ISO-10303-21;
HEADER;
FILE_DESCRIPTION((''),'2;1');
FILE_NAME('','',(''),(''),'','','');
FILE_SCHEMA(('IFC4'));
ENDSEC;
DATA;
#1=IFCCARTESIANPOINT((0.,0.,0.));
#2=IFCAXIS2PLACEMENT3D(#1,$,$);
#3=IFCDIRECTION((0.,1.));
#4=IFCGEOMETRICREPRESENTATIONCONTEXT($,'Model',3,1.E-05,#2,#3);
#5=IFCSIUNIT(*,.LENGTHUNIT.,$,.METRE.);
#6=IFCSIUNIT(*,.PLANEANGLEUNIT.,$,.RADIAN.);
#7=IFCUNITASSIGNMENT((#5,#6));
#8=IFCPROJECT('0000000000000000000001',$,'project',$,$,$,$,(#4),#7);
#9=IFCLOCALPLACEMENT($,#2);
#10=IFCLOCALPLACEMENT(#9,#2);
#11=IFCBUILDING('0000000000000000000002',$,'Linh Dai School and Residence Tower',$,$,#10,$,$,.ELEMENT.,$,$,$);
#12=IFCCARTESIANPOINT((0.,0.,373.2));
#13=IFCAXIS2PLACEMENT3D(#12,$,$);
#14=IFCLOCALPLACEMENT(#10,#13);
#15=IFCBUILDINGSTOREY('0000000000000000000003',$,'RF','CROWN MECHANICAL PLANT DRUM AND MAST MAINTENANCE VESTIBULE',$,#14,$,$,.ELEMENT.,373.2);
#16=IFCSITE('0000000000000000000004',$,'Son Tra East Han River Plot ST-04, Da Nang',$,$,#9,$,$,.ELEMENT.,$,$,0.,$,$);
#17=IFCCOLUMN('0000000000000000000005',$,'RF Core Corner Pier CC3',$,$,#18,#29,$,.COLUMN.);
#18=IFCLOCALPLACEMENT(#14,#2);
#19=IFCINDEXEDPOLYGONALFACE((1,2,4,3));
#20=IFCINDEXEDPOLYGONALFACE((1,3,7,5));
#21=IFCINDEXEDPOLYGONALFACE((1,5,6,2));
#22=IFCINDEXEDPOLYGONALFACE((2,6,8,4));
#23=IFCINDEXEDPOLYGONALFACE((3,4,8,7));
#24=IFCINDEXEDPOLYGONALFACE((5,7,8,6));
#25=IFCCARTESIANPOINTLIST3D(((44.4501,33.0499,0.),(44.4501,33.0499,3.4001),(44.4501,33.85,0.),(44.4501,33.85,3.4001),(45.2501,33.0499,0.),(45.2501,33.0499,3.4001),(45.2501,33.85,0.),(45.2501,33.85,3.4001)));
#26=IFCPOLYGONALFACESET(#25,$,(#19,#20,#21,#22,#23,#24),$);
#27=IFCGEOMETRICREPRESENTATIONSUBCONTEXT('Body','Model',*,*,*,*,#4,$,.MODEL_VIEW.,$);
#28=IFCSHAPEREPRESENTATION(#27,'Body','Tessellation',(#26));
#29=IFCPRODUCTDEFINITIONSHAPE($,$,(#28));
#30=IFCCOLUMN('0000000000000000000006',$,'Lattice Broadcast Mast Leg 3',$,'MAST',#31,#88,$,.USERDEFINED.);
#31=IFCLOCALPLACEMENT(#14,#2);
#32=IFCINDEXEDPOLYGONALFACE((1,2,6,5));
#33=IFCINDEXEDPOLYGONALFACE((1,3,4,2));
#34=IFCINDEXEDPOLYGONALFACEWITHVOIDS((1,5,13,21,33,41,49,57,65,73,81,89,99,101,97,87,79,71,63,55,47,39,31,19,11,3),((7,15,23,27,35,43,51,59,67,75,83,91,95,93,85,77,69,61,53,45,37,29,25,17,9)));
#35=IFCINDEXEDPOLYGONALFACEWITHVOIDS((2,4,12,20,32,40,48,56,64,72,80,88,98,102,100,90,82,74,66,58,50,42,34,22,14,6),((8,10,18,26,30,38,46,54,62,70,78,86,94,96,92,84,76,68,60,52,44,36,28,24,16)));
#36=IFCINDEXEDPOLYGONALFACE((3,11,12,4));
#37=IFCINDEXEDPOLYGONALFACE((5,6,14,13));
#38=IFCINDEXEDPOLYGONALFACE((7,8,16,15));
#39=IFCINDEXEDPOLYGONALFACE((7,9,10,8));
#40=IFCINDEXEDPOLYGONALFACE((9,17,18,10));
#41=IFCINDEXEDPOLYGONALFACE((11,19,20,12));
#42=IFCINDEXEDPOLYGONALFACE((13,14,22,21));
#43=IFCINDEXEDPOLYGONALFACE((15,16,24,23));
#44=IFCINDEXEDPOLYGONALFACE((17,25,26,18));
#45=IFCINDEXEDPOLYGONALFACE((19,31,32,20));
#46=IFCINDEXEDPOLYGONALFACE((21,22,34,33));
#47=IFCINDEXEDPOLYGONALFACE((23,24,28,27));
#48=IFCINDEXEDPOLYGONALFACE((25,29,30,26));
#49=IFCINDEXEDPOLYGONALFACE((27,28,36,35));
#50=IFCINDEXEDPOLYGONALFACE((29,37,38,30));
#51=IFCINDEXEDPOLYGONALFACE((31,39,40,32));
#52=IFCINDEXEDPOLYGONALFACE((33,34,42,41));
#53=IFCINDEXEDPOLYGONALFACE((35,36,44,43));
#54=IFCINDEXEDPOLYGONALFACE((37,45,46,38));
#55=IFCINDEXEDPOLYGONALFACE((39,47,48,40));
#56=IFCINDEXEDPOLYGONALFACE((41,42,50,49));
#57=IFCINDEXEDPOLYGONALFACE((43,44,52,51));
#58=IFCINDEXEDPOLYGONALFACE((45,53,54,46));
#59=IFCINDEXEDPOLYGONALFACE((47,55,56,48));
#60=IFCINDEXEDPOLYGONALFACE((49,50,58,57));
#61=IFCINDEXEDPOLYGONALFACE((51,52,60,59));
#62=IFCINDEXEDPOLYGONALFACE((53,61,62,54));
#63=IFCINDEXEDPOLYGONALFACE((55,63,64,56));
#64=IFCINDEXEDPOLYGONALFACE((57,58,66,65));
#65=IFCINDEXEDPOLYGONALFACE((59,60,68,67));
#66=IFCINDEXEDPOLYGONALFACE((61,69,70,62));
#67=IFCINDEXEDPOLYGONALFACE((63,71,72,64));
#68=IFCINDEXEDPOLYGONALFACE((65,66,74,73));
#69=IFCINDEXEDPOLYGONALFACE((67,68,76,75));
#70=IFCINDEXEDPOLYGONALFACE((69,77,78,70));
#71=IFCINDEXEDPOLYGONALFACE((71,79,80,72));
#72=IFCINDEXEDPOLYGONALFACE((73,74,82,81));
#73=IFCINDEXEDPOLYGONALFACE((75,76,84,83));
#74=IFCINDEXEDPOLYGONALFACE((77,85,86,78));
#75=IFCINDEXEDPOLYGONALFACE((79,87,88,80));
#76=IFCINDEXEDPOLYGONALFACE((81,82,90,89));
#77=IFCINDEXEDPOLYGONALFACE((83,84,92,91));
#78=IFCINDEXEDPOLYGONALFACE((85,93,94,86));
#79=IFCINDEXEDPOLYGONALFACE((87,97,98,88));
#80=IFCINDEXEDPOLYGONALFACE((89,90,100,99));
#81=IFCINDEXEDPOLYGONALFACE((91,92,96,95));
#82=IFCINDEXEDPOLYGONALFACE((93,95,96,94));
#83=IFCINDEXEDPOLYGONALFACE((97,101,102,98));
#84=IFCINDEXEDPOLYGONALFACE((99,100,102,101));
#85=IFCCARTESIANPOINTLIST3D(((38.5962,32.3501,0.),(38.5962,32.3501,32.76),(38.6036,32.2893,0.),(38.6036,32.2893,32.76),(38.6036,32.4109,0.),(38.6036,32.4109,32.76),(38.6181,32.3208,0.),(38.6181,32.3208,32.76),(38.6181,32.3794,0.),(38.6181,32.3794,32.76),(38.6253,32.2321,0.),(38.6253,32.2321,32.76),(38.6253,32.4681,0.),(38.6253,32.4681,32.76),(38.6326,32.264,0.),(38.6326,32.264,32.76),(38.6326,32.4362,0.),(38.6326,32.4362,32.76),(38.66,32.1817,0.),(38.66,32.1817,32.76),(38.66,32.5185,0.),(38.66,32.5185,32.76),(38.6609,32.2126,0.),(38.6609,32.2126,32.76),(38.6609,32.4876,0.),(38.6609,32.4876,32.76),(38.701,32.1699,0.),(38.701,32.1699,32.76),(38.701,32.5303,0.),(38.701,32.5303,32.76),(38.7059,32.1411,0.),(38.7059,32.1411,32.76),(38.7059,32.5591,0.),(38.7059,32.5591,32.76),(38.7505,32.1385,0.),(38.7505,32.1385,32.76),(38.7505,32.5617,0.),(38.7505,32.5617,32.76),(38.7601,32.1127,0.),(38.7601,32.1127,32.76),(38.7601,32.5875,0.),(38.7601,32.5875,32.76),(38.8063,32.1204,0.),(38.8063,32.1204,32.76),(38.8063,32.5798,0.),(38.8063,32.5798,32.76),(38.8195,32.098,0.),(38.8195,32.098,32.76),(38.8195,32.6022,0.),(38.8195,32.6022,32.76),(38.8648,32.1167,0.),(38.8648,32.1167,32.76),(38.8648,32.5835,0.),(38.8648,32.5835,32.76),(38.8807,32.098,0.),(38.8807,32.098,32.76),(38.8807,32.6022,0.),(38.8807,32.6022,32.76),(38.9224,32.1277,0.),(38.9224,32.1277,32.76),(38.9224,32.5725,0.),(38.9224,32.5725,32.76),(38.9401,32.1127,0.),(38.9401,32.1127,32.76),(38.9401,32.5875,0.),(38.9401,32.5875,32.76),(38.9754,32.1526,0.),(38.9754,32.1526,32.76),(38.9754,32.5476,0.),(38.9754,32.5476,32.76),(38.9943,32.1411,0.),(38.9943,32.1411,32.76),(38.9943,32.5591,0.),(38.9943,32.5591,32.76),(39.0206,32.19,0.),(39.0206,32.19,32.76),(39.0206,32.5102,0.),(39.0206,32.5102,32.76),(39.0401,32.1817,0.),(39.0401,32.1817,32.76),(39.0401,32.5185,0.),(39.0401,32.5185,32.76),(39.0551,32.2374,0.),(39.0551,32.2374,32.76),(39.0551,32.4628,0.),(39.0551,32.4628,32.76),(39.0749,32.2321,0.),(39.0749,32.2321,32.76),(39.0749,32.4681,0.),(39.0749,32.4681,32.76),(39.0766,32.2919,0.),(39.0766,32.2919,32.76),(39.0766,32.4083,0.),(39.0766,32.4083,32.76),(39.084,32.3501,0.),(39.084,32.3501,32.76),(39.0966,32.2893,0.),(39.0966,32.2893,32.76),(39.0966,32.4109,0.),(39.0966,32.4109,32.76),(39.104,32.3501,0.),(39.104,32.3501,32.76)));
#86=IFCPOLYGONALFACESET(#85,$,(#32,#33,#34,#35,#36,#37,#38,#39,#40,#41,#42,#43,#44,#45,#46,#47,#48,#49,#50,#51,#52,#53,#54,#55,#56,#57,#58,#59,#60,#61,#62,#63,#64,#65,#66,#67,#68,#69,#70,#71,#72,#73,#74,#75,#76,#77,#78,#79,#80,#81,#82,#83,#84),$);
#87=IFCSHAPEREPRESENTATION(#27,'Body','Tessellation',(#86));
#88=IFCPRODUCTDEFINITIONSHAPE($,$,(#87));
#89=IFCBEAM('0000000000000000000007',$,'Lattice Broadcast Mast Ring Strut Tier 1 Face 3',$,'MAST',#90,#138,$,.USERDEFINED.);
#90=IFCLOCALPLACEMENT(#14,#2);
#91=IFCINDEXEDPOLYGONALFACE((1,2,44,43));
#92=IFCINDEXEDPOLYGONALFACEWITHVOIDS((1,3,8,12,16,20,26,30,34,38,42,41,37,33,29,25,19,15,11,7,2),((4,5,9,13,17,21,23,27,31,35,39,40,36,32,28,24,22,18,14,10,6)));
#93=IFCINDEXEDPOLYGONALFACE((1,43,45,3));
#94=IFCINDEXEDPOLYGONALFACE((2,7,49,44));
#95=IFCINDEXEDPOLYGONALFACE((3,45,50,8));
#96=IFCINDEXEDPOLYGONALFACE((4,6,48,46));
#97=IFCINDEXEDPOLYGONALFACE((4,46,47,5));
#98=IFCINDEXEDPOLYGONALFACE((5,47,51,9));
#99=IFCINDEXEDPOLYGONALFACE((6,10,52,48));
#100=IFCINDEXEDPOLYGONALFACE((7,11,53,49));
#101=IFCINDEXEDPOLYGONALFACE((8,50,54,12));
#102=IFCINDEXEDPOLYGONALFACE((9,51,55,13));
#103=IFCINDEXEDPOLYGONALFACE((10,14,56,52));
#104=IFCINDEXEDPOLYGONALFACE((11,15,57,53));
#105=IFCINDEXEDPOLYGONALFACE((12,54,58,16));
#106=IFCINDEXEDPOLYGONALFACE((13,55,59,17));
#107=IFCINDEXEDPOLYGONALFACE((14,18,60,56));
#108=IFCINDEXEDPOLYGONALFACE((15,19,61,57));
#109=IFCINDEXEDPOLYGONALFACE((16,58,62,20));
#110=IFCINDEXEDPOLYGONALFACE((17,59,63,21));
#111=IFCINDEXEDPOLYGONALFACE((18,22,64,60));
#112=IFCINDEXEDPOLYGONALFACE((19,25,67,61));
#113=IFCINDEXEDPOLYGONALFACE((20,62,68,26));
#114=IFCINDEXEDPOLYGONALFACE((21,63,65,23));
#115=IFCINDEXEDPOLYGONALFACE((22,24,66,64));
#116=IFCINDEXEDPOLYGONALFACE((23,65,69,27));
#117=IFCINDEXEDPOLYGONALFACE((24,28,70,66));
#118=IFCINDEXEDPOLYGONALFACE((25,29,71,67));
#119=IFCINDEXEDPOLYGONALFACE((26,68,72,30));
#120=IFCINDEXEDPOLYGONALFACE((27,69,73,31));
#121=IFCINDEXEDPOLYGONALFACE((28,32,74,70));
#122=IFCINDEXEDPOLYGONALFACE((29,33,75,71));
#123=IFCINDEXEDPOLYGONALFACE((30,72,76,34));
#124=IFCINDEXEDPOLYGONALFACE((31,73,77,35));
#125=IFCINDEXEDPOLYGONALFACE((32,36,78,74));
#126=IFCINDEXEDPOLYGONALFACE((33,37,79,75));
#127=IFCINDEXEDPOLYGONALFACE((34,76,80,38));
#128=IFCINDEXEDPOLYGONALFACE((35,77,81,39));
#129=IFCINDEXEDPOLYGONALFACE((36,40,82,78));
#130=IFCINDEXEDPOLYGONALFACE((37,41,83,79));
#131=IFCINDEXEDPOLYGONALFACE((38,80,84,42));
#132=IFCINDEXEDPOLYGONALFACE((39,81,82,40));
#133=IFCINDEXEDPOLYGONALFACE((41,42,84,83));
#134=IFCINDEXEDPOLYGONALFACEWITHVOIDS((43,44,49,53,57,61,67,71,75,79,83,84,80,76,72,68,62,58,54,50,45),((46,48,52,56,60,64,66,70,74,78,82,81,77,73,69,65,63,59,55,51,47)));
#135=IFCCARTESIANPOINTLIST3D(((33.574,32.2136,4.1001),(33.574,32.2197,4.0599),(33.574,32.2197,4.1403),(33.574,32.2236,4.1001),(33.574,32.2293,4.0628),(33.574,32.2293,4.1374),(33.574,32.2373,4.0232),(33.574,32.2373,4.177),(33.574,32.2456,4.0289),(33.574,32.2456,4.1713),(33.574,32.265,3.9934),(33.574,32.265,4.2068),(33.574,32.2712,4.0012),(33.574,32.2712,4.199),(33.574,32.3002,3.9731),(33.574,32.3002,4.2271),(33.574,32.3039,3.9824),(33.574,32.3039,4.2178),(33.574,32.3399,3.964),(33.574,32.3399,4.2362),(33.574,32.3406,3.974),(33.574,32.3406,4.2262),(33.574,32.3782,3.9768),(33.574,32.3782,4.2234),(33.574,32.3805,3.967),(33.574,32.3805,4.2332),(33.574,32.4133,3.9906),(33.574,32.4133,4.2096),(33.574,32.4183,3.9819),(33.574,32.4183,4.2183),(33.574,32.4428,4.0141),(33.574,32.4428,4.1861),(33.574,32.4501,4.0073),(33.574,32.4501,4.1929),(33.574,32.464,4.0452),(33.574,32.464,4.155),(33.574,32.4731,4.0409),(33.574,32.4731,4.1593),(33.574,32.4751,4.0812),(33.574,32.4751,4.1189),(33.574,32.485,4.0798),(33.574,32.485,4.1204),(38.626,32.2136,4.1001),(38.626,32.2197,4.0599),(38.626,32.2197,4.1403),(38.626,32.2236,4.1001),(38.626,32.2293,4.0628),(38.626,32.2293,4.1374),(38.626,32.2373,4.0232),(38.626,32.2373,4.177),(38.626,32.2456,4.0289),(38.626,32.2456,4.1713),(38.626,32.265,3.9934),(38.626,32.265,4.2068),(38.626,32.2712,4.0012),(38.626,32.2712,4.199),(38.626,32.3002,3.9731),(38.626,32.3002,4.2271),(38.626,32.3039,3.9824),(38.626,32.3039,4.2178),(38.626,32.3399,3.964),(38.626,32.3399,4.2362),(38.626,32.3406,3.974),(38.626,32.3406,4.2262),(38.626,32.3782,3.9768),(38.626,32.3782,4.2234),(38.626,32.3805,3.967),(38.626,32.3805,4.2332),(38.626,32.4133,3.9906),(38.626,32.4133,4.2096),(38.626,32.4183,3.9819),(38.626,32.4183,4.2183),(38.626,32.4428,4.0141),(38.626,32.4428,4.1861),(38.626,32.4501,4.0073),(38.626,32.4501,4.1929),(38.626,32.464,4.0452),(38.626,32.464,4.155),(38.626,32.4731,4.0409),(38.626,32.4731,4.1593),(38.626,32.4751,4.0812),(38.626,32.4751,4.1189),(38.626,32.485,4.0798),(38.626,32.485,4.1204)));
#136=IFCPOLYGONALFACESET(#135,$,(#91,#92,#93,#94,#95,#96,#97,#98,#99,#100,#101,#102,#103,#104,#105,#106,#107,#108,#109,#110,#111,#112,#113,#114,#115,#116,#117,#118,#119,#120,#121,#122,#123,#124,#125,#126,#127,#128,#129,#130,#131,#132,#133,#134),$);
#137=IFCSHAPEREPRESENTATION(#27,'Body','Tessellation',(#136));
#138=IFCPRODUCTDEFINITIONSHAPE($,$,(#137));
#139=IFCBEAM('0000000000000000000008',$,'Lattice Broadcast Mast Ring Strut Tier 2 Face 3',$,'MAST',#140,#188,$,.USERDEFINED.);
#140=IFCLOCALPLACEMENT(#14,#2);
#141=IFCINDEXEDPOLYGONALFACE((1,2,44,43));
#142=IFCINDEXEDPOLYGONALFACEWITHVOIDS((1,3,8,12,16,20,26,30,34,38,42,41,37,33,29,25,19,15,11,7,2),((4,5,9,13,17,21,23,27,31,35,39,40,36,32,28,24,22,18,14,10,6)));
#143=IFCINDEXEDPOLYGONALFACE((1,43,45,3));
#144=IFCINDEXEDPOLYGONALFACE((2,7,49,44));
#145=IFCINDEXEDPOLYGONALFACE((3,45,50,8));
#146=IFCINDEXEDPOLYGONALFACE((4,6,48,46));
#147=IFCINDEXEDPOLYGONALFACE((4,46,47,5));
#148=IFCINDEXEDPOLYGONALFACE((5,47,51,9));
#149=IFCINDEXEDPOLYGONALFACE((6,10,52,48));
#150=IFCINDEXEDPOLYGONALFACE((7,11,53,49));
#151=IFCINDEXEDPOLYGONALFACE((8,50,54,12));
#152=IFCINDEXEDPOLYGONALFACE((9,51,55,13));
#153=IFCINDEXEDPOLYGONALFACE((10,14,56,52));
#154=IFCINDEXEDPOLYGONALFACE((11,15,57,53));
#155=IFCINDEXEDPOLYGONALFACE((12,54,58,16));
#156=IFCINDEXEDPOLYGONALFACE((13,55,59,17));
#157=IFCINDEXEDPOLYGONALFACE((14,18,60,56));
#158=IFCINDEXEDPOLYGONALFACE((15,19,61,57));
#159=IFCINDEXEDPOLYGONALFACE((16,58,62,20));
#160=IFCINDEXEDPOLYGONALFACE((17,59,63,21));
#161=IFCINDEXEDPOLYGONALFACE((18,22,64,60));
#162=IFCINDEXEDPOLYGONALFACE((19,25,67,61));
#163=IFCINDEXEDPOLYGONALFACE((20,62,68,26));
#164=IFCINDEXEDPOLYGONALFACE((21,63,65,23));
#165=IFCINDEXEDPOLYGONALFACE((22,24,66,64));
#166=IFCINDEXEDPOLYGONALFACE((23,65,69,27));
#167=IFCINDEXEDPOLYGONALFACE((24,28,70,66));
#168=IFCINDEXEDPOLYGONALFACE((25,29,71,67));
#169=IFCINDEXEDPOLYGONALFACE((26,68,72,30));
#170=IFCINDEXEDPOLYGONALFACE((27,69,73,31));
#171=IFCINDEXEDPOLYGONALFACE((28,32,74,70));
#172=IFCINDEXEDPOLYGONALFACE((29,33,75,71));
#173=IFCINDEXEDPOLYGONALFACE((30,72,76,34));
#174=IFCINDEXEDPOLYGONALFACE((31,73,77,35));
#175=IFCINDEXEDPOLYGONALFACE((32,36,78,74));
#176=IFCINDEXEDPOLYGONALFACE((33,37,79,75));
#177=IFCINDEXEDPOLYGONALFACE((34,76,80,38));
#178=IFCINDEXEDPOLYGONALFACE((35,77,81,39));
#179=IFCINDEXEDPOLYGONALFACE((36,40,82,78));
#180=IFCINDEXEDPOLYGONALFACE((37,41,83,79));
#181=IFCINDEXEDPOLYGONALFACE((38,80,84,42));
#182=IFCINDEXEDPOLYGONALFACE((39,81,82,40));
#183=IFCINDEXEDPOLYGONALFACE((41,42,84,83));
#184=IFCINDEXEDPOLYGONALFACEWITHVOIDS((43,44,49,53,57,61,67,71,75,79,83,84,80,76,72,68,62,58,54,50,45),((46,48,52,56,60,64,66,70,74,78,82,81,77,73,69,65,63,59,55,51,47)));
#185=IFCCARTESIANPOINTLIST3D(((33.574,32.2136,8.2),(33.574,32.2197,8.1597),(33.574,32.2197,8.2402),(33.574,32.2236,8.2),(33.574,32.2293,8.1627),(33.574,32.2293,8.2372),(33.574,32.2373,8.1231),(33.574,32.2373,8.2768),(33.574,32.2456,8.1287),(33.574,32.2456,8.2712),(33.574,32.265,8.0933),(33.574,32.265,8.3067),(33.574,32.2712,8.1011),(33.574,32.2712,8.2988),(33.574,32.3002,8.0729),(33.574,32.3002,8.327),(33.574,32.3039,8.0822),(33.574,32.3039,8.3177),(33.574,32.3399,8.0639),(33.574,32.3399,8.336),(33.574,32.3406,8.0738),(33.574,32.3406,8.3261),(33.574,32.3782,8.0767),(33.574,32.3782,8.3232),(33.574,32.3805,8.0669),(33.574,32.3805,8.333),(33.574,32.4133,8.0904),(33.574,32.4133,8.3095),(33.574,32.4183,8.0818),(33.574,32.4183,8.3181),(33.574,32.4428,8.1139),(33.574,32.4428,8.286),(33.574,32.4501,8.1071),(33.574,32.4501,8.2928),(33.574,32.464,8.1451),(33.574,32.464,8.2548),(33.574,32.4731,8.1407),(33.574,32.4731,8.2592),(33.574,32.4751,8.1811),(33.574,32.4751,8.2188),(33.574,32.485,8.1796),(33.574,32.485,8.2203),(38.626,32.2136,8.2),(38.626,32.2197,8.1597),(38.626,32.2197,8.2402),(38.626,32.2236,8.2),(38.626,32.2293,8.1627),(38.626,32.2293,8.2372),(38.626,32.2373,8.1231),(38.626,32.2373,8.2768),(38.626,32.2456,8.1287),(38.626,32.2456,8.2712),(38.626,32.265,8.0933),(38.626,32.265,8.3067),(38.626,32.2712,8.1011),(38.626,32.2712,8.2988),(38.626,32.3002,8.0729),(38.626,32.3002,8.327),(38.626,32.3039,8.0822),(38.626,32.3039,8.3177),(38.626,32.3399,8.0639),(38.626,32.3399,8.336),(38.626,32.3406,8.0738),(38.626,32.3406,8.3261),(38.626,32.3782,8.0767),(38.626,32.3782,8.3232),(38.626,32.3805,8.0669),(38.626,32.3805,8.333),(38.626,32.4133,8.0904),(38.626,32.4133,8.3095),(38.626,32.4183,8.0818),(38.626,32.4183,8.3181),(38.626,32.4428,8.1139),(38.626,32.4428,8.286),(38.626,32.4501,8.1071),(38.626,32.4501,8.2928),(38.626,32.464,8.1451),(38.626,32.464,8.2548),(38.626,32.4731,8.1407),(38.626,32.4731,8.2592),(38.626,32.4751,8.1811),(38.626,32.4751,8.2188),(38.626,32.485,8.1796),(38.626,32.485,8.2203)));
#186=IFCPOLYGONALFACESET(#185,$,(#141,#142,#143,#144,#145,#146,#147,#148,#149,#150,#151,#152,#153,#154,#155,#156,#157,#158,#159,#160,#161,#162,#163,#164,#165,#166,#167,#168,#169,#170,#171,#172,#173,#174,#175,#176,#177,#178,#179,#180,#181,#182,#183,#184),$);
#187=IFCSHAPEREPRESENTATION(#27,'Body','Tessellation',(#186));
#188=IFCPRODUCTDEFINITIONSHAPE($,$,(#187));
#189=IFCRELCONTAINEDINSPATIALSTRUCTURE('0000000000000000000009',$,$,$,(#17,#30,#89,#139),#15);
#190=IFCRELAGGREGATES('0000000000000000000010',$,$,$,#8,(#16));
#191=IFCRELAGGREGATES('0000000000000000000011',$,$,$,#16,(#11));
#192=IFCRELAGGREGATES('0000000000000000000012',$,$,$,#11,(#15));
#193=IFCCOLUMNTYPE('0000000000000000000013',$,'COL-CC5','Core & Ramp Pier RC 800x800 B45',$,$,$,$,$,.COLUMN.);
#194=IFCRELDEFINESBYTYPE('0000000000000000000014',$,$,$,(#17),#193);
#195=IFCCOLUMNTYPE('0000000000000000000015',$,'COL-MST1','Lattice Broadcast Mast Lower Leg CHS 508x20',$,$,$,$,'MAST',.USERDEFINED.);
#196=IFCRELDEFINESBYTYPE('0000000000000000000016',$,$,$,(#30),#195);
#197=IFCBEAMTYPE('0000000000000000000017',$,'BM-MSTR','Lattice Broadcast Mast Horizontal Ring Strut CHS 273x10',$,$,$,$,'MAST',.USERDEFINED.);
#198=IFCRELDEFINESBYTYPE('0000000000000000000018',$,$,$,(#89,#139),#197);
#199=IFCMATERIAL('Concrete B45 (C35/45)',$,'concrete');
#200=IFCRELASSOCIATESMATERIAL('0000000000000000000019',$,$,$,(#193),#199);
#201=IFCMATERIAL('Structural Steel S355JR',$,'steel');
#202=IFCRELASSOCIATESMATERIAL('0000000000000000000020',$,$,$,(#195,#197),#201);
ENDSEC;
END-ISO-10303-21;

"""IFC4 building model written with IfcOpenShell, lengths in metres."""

from ifc_helpers import new_model, si_unit, direction, frame, origin, origin_2d, place, context, subcontext, project, spatial, rectangle, hollow_circle, extrude, material, material_profile, profile_set, type_object, element, save


model = new_model("IFC4")

# Units and contexts
model_context = context("Model", 3, precision=1e-05, world=origin(), true_north=direction((0.0, 1.0)))
body_context = subcontext(model_context, "Body", "Model", "MODEL_VIEW")
ifc_project = project(units=[si_unit("LENGTHUNIT", "METRE"), si_unit("PLANEANGLEUNIT", "RADIAN")], contexts=[model_context])

# Site, building, storey
site_placement = place(None, origin())
site = spatial("IfcSite", under=ifc_project, at=site_placement, Name="Son Tra East Han River Plot ST-04, Da Nang", CompositionType="ELEMENT", RefElevation=0.0)
building_placement = place(site_placement, origin())
building = spatial("IfcBuilding", under=site, at=building_placement, Name="Linh Dai School and Residence Tower", CompositionType="ELEMENT")
storey_placement = place(building_placement, frame((0.0, 0.0, 373.2)))
storey = spatial("IfcBuildingStorey", under=building, at=storey_placement, Name="RF", Description="CROWN MECHANICAL PLANT DRUM AND MAST MAINTENANCE VESTIBULE", CompositionType="ELEMENT", Elevation=373.2)

# Columns
ifc_material_1 = material(Name="Concrete B45 (C35/45)", Category="concrete")
ifc_material_profile_1 = material_profile(ifc_material_1, rectangle(XDim=0.8, YDim=0.8, at=origin_2d()), Name="RC 800x800")
ifc_profile_set_1 = profile_set([ifc_material_profile_1], Name="Concrete B45 (C35/45)")
column_type_1 = type_object("IfcColumnType", Name="COL-CC5", Description="Core & Ramp Pier RC 800x800 B45", PredefinedType="COLUMN", material=ifc_profile_set_1)
column_1_placement = place(storey_placement, frame((44.8501, 33.45, 0.0), z_axis=(0.0, 0.0, 1.0), x_axis=(1.0, 0.0, 0.0)))
element("IfcColumn", 1, at=column_1_placement, inside=storey, type_object=column_type_1, Name="RF Core Corner Pier CC3", PredefinedType="COLUMN", context=body_context, shape_type="SweptSolid", body=[
    extrude(rectangle(XDim=0.8, YDim=0.8, at=origin_2d()), origin(), (0.0, 0.0, 1.0), 3.4001),
])
ifc_material_2 = material(Name="Structural Steel S355JR", Category="steel")
ifc_material_profile_2 = material_profile(ifc_material_2, hollow_circle(Radius=0.2539, WallThickness=0.02, at=origin_2d()), Name="CHS 508x20")
ifc_profile_set_2 = profile_set([ifc_material_profile_2], Name="Structural Steel S355JR")
column_type_2 = type_object("IfcColumnType", Name="COL-MST1", Description="Lattice Broadcast Mast Lower Leg CHS 508x20", ElementType="MAST", PredefinedType="USERDEFINED", material=ifc_profile_set_2)
column_2_placement = place(storey_placement, frame((38.8501, 32.3501, 0.0), z_axis=(0.0, 0.0, 1.0), x_axis=(1.0, 0.0, 0.0)))
element("IfcColumn", 2, at=column_2_placement, inside=storey, type_object=column_type_2, Name="Lattice Broadcast Mast Leg 3", ObjectType="MAST", PredefinedType="USERDEFINED", context=body_context, shape_type="SweptSolid", body=[
    extrude(hollow_circle(Radius=0.2539, WallThickness=0.02, at=origin_2d()), origin(), (0.0, 0.0, 1.0), 32.76),
])

# Beams
ifc_material_profile_3 = material_profile(ifc_material_2, hollow_circle(Radius=0.1365, WallThickness=0.01, at=origin_2d()), Name="CHS 273x10")
ifc_profile_set_3 = profile_set([ifc_material_profile_3], Name="Structural Steel S355JR")
beam_type_1 = type_object("IfcBeamType", Name="BM-MSTR", Description="Lattice Broadcast Mast Horizontal Ring Strut CHS 273x10", ElementType="MAST", PredefinedType="USERDEFINED", material=ifc_profile_set_3)
for number, where, z_axis, x_axis, name in (
    (3, (38.626, 32.3501, 4.1001), (-1.0, 0.0, 0.0), (0.0, -1.0, 0.0), "Lattice Broadcast Mast Ring Strut Tier 1 Face 3"),
    (4, (38.626, 32.3501, 8.2), (-1.0, 0.0, 0.0), (0.0, -1.0, 0.0), "Lattice Broadcast Mast Ring Strut Tier 2 Face 3"),
):
    element("IfcBeam", number, at=place(storey_placement, frame(where, z_axis=z_axis, x_axis=x_axis)), inside=storey, type_object=beam_type_1, Name=name, ObjectType="MAST", PredefinedType="USERDEFINED", context=body_context, shape_type="SweptSolid", body=[
        extrude(hollow_circle(Radius=0.1365, WallThickness=0.01, at=origin_2d()), origin(), (0.0, 0.0, 1.0), 5.052),
    ])

save(model, "model.ifc")
